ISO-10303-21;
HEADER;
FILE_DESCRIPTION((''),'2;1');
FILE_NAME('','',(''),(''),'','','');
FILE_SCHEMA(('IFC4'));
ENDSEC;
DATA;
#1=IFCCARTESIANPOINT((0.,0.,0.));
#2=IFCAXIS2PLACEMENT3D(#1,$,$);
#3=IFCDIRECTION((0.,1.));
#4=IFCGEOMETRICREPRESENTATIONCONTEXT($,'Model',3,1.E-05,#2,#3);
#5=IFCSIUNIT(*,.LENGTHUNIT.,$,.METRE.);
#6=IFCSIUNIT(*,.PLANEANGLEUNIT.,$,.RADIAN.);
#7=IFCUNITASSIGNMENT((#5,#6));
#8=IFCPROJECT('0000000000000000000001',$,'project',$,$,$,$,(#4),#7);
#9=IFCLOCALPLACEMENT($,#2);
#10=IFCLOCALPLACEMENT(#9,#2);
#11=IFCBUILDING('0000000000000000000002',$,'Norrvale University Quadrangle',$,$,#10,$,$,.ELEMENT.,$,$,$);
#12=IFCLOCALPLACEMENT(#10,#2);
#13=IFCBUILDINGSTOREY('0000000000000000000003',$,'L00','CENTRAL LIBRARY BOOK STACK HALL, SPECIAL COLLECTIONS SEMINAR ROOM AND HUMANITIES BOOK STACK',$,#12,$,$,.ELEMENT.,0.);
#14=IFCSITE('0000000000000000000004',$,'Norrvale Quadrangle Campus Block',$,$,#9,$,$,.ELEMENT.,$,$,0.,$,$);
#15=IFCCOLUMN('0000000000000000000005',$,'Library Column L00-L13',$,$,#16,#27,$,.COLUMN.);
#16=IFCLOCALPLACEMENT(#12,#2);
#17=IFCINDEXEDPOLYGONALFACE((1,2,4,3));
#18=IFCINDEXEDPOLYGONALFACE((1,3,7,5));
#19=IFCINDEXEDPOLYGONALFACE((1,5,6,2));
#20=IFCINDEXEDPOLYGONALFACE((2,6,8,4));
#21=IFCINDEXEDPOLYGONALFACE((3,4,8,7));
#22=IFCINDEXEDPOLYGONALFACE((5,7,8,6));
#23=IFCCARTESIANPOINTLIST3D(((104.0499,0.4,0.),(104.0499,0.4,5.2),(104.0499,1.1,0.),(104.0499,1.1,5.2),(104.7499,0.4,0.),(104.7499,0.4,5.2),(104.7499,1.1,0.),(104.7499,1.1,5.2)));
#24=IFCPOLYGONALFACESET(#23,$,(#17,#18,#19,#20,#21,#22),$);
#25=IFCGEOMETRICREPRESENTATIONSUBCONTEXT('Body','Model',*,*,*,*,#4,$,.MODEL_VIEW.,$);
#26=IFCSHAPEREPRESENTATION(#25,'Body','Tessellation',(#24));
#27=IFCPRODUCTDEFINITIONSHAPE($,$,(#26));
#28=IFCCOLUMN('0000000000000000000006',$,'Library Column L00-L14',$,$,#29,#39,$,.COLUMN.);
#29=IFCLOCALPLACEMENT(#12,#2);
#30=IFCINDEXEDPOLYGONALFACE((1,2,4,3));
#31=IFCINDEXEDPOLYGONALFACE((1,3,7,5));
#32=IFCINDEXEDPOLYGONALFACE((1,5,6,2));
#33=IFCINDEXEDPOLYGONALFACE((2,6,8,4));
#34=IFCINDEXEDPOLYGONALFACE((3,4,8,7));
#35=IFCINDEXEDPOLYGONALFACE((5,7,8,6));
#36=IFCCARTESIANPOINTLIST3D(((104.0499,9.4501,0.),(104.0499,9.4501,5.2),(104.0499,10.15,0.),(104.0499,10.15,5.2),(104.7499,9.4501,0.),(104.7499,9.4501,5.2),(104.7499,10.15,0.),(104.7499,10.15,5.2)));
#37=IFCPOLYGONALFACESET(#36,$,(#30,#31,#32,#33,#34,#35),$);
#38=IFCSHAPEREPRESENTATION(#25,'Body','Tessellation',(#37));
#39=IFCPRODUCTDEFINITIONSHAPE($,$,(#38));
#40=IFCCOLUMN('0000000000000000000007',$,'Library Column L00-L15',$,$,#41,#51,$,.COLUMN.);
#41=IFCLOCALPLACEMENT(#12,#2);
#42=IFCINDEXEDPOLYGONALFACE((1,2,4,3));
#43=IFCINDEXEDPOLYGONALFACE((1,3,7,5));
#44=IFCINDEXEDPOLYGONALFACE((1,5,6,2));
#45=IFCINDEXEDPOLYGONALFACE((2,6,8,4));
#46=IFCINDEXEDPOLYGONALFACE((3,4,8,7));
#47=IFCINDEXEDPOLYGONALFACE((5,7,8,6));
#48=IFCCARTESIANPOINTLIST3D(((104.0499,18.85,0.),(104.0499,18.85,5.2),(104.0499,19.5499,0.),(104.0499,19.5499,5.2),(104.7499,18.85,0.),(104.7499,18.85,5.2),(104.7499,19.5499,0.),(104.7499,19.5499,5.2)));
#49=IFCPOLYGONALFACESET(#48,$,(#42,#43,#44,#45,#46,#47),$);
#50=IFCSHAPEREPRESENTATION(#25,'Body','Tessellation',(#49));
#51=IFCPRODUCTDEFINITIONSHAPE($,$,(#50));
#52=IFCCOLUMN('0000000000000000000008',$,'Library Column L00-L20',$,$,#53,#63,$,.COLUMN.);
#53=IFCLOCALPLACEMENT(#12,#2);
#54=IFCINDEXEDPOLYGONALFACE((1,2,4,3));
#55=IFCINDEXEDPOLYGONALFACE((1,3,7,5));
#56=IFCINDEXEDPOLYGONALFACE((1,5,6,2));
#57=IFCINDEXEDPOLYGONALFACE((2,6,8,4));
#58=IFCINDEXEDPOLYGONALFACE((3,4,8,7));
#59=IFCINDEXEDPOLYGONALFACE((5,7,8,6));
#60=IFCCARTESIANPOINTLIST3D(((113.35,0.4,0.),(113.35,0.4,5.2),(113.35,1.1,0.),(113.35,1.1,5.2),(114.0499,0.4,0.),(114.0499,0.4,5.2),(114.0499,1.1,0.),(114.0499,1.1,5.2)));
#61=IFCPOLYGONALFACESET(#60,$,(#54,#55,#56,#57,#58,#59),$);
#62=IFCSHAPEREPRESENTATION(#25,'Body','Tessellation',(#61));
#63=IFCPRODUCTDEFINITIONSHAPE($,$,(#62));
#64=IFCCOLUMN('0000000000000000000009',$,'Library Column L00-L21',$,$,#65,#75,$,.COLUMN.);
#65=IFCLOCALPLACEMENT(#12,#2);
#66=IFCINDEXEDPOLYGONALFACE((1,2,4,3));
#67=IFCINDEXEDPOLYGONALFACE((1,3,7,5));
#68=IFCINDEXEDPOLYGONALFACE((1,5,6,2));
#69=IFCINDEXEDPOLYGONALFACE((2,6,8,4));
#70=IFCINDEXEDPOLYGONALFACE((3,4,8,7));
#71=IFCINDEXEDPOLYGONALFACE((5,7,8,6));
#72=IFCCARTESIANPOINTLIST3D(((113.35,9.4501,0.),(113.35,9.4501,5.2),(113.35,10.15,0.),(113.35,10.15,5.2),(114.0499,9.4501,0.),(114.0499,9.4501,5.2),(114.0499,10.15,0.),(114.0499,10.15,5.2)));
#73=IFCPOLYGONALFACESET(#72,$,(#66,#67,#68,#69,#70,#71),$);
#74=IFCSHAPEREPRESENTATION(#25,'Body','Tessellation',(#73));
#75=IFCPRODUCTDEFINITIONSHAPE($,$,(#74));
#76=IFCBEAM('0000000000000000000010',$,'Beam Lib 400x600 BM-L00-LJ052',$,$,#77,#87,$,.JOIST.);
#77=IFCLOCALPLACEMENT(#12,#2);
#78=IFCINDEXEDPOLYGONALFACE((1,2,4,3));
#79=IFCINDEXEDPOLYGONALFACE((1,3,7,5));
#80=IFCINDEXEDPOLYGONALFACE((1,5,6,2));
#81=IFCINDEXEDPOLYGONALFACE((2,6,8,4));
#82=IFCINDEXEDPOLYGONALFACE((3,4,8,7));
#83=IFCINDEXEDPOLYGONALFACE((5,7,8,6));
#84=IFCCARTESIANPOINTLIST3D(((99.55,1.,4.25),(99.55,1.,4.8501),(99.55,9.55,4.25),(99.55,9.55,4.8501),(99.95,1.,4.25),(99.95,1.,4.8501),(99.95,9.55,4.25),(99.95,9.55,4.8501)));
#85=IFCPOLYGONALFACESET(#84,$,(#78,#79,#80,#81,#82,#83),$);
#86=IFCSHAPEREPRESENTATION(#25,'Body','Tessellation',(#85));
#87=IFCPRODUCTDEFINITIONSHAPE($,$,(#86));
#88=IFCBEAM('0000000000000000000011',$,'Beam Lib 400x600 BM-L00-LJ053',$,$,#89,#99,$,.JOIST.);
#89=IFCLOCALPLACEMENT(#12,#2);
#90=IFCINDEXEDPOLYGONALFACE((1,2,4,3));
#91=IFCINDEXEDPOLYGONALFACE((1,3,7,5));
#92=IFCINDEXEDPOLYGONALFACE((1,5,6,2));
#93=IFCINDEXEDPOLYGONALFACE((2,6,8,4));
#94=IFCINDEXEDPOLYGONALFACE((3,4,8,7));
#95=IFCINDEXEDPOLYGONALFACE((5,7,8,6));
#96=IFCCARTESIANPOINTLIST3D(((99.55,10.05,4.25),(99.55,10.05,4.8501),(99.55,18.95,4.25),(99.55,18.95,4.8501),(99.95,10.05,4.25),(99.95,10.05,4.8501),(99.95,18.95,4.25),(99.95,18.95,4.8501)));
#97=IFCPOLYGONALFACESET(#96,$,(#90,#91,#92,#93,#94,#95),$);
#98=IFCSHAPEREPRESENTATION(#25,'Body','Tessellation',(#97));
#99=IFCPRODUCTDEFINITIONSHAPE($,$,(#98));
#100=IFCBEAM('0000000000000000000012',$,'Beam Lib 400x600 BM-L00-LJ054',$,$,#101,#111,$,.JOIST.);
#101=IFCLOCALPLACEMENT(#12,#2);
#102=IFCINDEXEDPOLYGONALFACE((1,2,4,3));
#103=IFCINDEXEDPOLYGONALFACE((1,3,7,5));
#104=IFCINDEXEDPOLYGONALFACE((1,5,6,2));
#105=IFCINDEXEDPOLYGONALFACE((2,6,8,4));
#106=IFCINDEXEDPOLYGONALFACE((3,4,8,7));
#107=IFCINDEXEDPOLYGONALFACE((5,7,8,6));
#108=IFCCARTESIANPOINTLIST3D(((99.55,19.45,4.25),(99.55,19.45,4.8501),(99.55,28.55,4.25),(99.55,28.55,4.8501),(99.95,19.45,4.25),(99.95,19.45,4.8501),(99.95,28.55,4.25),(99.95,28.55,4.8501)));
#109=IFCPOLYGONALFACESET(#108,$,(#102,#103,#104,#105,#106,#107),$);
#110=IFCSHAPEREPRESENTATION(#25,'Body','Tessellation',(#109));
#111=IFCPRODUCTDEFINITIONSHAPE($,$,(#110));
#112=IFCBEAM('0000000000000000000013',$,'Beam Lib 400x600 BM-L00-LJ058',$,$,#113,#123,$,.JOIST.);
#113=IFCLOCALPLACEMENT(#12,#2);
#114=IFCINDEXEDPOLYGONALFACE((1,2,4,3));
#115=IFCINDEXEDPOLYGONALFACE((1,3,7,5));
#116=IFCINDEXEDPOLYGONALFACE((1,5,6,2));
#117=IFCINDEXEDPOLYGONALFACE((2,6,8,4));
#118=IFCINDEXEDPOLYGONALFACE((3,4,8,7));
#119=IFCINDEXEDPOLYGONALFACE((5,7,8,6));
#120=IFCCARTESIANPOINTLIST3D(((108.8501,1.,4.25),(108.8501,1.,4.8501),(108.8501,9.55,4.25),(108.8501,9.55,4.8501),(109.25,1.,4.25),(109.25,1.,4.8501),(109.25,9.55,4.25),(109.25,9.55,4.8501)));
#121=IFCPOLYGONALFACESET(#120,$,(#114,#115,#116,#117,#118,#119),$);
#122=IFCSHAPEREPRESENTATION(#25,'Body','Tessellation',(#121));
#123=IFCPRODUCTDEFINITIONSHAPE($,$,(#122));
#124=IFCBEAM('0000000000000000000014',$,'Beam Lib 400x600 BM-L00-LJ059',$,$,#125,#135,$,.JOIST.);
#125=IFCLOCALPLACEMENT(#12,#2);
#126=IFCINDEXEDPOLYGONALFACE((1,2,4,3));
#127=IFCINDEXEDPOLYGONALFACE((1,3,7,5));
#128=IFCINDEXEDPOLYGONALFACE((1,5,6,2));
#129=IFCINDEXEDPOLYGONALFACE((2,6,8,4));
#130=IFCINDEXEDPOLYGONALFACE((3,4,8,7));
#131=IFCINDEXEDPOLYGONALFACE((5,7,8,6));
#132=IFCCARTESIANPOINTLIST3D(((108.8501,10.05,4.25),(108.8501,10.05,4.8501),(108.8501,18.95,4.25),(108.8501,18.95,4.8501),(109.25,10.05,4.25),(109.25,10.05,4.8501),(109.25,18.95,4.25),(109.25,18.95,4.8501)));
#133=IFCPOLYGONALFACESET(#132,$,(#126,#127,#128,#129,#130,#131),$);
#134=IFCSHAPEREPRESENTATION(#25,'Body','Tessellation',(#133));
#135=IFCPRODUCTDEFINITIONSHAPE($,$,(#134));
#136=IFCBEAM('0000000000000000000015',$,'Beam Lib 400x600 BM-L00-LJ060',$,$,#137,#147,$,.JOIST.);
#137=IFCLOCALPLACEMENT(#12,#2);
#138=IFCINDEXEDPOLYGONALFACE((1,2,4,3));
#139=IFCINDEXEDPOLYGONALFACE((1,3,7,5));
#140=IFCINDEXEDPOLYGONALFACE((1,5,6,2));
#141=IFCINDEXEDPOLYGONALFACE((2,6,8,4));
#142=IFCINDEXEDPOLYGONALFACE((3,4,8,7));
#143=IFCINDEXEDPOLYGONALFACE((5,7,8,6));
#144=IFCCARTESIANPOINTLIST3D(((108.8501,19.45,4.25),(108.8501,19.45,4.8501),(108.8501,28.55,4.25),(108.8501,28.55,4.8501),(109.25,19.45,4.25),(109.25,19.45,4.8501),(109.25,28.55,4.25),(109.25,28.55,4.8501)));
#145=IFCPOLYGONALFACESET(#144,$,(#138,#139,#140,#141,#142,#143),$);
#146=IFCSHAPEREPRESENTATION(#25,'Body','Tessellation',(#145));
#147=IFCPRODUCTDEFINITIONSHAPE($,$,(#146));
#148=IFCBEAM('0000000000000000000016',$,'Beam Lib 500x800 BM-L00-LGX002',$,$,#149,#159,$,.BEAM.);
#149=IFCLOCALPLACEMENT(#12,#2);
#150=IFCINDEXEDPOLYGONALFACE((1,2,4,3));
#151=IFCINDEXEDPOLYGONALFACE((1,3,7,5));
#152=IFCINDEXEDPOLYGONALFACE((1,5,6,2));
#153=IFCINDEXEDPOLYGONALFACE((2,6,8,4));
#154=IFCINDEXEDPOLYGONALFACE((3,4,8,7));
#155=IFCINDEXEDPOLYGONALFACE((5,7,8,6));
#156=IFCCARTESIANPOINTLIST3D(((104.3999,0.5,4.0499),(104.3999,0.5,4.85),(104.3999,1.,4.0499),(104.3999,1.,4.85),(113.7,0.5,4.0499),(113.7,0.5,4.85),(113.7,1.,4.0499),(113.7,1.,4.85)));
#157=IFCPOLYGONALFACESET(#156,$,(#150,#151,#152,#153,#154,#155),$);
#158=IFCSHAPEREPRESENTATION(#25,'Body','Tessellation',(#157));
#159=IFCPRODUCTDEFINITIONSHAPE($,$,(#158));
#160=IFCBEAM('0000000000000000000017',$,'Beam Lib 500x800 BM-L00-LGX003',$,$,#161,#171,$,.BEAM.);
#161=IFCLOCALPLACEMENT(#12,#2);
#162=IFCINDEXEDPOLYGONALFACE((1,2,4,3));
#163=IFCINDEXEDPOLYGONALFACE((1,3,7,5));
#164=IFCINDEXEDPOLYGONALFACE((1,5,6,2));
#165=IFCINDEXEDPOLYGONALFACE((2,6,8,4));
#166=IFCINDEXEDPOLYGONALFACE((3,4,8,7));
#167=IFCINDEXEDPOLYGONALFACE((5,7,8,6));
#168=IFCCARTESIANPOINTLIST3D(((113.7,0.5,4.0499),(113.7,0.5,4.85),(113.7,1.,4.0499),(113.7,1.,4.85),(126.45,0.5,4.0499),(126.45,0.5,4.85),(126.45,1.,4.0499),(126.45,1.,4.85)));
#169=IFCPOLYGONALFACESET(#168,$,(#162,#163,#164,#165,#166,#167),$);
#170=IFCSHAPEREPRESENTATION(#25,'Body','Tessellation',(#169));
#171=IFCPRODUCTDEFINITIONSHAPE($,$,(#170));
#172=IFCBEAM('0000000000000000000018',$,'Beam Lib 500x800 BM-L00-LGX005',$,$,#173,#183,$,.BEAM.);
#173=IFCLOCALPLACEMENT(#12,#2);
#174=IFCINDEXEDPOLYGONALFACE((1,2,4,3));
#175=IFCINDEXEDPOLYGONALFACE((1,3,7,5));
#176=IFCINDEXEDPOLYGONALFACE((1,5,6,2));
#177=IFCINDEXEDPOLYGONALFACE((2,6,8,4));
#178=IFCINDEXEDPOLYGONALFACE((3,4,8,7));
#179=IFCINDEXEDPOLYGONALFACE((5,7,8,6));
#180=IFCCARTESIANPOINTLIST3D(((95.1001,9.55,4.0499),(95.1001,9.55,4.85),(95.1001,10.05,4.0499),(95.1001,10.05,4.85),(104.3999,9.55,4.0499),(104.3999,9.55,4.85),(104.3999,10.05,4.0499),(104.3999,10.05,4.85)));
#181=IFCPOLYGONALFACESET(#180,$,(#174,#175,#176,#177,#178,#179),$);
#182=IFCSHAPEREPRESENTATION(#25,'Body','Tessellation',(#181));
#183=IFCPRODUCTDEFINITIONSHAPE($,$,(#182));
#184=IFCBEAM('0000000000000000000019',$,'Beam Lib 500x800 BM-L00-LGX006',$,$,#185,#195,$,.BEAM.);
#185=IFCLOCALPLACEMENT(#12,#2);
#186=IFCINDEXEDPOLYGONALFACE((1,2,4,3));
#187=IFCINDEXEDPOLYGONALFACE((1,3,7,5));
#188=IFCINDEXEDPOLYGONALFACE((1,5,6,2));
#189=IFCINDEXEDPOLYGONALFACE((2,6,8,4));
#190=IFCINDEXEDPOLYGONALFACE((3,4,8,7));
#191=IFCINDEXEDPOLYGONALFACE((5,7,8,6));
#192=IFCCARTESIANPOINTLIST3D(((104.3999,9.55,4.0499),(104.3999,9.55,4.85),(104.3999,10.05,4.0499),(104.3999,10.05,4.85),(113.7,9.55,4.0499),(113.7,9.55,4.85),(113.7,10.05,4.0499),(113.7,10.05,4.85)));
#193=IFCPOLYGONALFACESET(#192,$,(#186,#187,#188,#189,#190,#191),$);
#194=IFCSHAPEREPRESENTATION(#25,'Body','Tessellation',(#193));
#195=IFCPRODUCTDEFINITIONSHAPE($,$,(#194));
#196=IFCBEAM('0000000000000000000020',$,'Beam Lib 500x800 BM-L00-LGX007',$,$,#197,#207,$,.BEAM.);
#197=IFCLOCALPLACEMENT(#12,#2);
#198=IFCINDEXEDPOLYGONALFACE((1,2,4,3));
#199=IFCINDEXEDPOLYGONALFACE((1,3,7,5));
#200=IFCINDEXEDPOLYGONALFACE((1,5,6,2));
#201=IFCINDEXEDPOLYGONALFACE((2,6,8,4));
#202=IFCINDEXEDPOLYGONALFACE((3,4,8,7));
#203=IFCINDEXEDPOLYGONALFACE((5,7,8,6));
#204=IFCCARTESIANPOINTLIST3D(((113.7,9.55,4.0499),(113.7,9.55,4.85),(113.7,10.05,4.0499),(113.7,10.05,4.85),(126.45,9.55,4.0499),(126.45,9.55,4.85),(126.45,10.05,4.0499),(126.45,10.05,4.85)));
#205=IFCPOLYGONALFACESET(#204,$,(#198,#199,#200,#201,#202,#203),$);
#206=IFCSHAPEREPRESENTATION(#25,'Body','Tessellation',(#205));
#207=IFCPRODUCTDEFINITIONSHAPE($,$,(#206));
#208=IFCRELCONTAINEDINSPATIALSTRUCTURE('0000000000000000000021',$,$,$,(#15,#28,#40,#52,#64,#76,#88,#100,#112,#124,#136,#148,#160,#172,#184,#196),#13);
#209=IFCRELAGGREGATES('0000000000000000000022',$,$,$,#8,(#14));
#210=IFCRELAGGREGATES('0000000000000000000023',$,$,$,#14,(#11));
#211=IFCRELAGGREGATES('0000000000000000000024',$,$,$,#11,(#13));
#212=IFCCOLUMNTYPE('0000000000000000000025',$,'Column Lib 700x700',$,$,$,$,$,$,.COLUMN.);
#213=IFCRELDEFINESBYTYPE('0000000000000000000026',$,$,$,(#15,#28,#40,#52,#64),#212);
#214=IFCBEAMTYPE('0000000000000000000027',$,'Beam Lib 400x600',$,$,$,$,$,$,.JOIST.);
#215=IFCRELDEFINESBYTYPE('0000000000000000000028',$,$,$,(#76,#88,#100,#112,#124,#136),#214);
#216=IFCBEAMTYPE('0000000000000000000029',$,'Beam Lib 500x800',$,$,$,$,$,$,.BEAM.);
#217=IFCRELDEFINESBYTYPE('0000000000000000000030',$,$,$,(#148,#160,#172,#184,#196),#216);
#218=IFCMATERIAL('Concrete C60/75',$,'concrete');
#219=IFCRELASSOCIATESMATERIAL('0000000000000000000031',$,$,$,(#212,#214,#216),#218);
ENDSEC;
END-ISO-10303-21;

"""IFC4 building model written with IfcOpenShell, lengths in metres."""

from ifc_helpers import new_model, si_unit, direction, frame, origin, origin_2d, place, context, subcontext, project, spatial, rectangle, extrude, material, material_profile, profile_set, type_object, element, save


model = new_model("IFC4")

# Units and contexts
model_context = context("Model", 3, precision=1e-05, world=origin(), true_north=direction((0.0, 1.0)))
body_context = subcontext(model_context, "Body", "Model", "MODEL_VIEW")
ifc_project = project(units=[si_unit("LENGTHUNIT", "METRE"), si_unit("PLANEANGLEUNIT", "RADIAN")], contexts=[model_context])

# Site, building, storey
site_placement = place(None, origin())
site = spatial("IfcSite", under=ifc_project, at=site_placement, Name="Norrvale Quadrangle Campus Block", CompositionType="ELEMENT", RefElevation=0.0)
building_placement = place(site_placement, origin())
building = spatial("IfcBuilding", under=site, at=building_placement, Name="Norrvale University Quadrangle", CompositionType="ELEMENT")
storey_placement = place(building_placement, origin())
storey = spatial("IfcBuildingStorey", under=building, at=storey_placement, Name="L00", Description="CENTRAL LIBRARY BOOK STACK HALL, SPECIAL COLLECTIONS SEMINAR ROOM AND HUMANITIES BOOK STACK", CompositionType="ELEMENT", Elevation=0.0)

# Columns
ifc_material_1 = material(Name="Concrete C60/75", Category="concrete")
ifc_material_profile_1 = material_profile(ifc_material_1, rectangle(XDim=0.7, YDim=0.7, at=origin_2d()), Name="Concrete C60/75")
ifc_profile_set_1 = profile_set([ifc_material_profile_1], Name="Concrete C60/75")
column_type = type_object("IfcColumnType", Name="Column Lib 700x700", PredefinedType="COLUMN", material=ifc_profile_set_1)
for number, where, z_axis, x_axis, name in (
    (1, (104.3999, 0.75, 0.0), (0.0, 0.0, 1.0), (1.0, 0.0, 0.0), "Library Column L00-L13"),
    (2, (104.3999, 9.8, 0.0), (0.0, 0.0, 1.0), (1.0, 0.0, 0.0), "Library Column L00-L14"),
    (3, (104.3999, 19.2, 0.0), (0.0, 0.0, 1.0), (1.0, 0.0, 0.0), "Library Column L00-L15"),
    (4, (113.7, 0.75, 0.0), (0.0, 0.0, 1.0), (1.0, 0.0, 0.0), "Library Column L00-L20"),
    (5, (113.7, 9.8, 0.0), (0.0, 0.0, 1.0), (1.0, 0.0, 0.0), "Library Column L00-L21"),
):
    element("IfcColumn", number, at=place(storey_placement, frame(where, z_axis=z_axis, x_axis=x_axis)), inside=storey, type_object=column_type, Name=name, PredefinedType="COLUMN", context=body_context, shape_type="SweptSolid", body=[
        extrude(rectangle(XDim=0.7, YDim=0.7, at=origin_2d()), origin(), (0.0, 0.0, 1.0), 5.2),
    ])

# Beams
ifc_material_profile_2 = material_profile(ifc_material_1, rectangle(XDim=0.3999, YDim=0.6001, at=origin_2d()), Name="Concrete C60/75")
ifc_profile_set_2 = profile_set([ifc_material_profile_2], Name="Concrete C60/75")
beam_type_1 = type_object("IfcBeamType", Name="Beam Lib 400x600", PredefinedType="JOIST", material=ifc_profile_set_2)
beam_1_placement = place(storey_placement, frame((99.75, 1.0, 4.55), z_axis=(0.0, 1.0, 0.0), x_axis=(-1.0, 0.0, 0.0)))
element("IfcBeam", 6, at=beam_1_placement, inside=storey, type_object=beam_type_1, Name="Beam Lib 400x600 BM-L00-LJ052", PredefinedType="JOIST", context=body_context, shape_type="SweptSolid", body=[
    extrude(rectangle(XDim=0.3999, YDim=0.6001, at=origin_2d()), origin(), (0.0, 0.0, 1.0), 8.55),
])
beam_2_placement = place(storey_placement, frame((99.75, 10.05, 4.55), z_axis=(0.0, 1.0, 0.0), x_axis=(-1.0, 0.0, 0.0)))
element("IfcBeam", 7, at=beam_2_placement, inside=storey, type_object=beam_type_1, Name="Beam Lib 400x600 BM-L00-LJ053", PredefinedType="JOIST", context=body_context, shape_type="SweptSolid", body=[
    extrude(rectangle(XDim=0.3999, YDim=0.6001, at=origin_2d()), origin(), (0.0, 0.0, 1.0), 8.8999),
])
beam_3_placement = place(storey_placement, frame((99.75, 19.45, 4.55), z_axis=(0.0, 1.0, 0.0), x_axis=(-1.0, 0.0, 0.0)))
element("IfcBeam", 8, at=beam_3_placement, inside=storey, type_object=beam_type_1, Name="Beam Lib 400x600 BM-L00-LJ054", PredefinedType="JOIST", context=body_context, shape_type="SweptSolid", body=[
    extrude(rectangle(XDim=0.3999, YDim=0.6001, at=origin_2d()), origin(), (0.0, 0.0, 1.0), 9.1001),
])
beam_4_placement = place(storey_placement, frame((109.05, 1.0, 4.55), z_axis=(0.0, 1.0, 0.0), x_axis=(-1.0, 0.0, 0.0)))
element("IfcBeam", 9, at=beam_4_placement, inside=storey, type_object=beam_type_1, Name="Beam Lib 400x600 BM-L00-LJ058", PredefinedType="JOIST", context=body_context, shape_type="SweptSolid", body=[
    extrude(rectangle(XDim=0.3999, YDim=0.6001, at=origin_2d()), origin(), (0.0, 0.0, 1.0), 8.55),
])
beam_5_placement = place(storey_placement, frame((109.05, 10.05, 4.55), z_axis=(0.0, 1.0, 0.0), x_axis=(-1.0, 0.0, 0.0)))
element("IfcBeam", 10, at=beam_5_placement, inside=storey, type_object=beam_type_1, Name="Beam Lib 400x600 BM-L00-LJ059", PredefinedType="JOIST", context=body_context, shape_type="SweptSolid", body=[
    extrude(rectangle(XDim=0.3999, YDim=0.6001, at=origin_2d()), origin(), (0.0, 0.0, 1.0), 8.8999),
])
beam_6_placement = place(storey_placement, frame((109.05, 19.45, 4.55), z_axis=(0.0, 1.0, 0.0), x_axis=(-1.0, 0.0, 0.0)))
element("IfcBeam", 11, at=beam_6_placement, inside=storey, type_object=beam_type_1, Name="Beam Lib 400x600 BM-L00-LJ060", PredefinedType="JOIST", context=body_context, shape_type="SweptSolid", body=[
    extrude(rectangle(XDim=0.3999, YDim=0.6001, at=origin_2d()), origin(), (0.0, 0.0, 1.0), 9.1001),
])
ifc_material_profile_3 = material_profile(ifc_material_1, rectangle(XDim=0.5, YDim=0.8, at=origin_2d()), Name="Concrete C60/75")
ifc_profile_set_3 = profile_set([ifc_material_profile_3], Name="Concrete C60/75")
beam_type_2 = type_object("IfcBeamType", Name="Beam Lib 500x800", PredefinedType="BEAM", material=ifc_profile_set_3)
beam_7_placement = place(storey_placement, frame((104.3999, 0.75, 4.45), z_axis=(1.0, 0.0, 0.0), x_axis=(0.0, 1.0, 0.0)))
element("IfcBeam", 12, at=beam_7_placement, inside=storey, type_object=beam_type_2, Name="Beam Lib 500x800 BM-L00-LGX002", PredefinedType="BEAM", context=body_context, shape_type="SweptSolid", body=[
    extrude(rectangle(XDim=0.5, YDim=0.8, at=origin_2d()), origin(), (0.0, 0.0, 1.0), 9.3),
])
beam_8_placement = place(storey_placement, frame((113.7, 0.75, 4.45), z_axis=(1.0, 0.0, 0.0), x_axis=(0.0, 1.0, 0.0)))
element("IfcBeam", 13, at=beam_8_placement, inside=storey, type_object=beam_type_2, Name="Beam Lib 500x800 BM-L00-LGX003", PredefinedType="BEAM", context=body_context, shape_type="SweptSolid", body=[
    extrude(rectangle(XDim=0.5, YDim=0.8, at=origin_2d()), origin(), (0.0, 0.0, 1.0), 12.75),
])
beam_9_placement = place(storey_placement, frame((95.1001, 9.8, 4.45), z_axis=(1.0, 0.0, 0.0), x_axis=(0.0, 1.0, 0.0)))
element("IfcBeam", 14, at=beam_9_placement, inside=storey, type_object=beam_type_2, Name="Beam Lib 500x800 BM-L00-LGX005", PredefinedType="BEAM", context=body_context, shape_type="SweptSolid", body=[
    extrude(rectangle(XDim=0.5, YDim=0.8, at=origin_2d()), origin(), (0.0, 0.0, 1.0), 9.2998),
])
beam_10_placement = place(storey_placement, frame((104.3999, 9.8, 4.45), z_axis=(1.0, 0.0, 0.0), x_axis=(0.0, 1.0, 0.0)))
element("IfcBeam", 15, at=beam_10_placement, inside=storey, type_object=beam_type_2, Name="Beam Lib 500x800 BM-L00-LGX006", PredefinedType="BEAM", context=body_context, shape_type="SweptSolid", body=[
    extrude(rectangle(XDim=0.5, YDim=0.8, at=origin_2d()), origin(), (0.0, 0.0, 1.0), 9.3),
])
beam_11_placement = place(storey_placement, frame((113.7, 9.8, 4.45), z_axis=(1.0, 0.0, 0.0), x_axis=(0.0, 1.0, 0.0)))
element("IfcBeam", 16, at=beam_11_placement, inside=storey, type_object=beam_type_2, Name="Beam Lib 500x800 BM-L00-LGX007", PredefinedType="BEAM", context=body_context, shape_type="SweptSolid", body=[
    extrude(rectangle(XDim=0.5, YDim=0.8, at=origin_2d()), origin(), (0.0, 0.0, 1.0), 12.75),
])

save(model, "model.ifc")
